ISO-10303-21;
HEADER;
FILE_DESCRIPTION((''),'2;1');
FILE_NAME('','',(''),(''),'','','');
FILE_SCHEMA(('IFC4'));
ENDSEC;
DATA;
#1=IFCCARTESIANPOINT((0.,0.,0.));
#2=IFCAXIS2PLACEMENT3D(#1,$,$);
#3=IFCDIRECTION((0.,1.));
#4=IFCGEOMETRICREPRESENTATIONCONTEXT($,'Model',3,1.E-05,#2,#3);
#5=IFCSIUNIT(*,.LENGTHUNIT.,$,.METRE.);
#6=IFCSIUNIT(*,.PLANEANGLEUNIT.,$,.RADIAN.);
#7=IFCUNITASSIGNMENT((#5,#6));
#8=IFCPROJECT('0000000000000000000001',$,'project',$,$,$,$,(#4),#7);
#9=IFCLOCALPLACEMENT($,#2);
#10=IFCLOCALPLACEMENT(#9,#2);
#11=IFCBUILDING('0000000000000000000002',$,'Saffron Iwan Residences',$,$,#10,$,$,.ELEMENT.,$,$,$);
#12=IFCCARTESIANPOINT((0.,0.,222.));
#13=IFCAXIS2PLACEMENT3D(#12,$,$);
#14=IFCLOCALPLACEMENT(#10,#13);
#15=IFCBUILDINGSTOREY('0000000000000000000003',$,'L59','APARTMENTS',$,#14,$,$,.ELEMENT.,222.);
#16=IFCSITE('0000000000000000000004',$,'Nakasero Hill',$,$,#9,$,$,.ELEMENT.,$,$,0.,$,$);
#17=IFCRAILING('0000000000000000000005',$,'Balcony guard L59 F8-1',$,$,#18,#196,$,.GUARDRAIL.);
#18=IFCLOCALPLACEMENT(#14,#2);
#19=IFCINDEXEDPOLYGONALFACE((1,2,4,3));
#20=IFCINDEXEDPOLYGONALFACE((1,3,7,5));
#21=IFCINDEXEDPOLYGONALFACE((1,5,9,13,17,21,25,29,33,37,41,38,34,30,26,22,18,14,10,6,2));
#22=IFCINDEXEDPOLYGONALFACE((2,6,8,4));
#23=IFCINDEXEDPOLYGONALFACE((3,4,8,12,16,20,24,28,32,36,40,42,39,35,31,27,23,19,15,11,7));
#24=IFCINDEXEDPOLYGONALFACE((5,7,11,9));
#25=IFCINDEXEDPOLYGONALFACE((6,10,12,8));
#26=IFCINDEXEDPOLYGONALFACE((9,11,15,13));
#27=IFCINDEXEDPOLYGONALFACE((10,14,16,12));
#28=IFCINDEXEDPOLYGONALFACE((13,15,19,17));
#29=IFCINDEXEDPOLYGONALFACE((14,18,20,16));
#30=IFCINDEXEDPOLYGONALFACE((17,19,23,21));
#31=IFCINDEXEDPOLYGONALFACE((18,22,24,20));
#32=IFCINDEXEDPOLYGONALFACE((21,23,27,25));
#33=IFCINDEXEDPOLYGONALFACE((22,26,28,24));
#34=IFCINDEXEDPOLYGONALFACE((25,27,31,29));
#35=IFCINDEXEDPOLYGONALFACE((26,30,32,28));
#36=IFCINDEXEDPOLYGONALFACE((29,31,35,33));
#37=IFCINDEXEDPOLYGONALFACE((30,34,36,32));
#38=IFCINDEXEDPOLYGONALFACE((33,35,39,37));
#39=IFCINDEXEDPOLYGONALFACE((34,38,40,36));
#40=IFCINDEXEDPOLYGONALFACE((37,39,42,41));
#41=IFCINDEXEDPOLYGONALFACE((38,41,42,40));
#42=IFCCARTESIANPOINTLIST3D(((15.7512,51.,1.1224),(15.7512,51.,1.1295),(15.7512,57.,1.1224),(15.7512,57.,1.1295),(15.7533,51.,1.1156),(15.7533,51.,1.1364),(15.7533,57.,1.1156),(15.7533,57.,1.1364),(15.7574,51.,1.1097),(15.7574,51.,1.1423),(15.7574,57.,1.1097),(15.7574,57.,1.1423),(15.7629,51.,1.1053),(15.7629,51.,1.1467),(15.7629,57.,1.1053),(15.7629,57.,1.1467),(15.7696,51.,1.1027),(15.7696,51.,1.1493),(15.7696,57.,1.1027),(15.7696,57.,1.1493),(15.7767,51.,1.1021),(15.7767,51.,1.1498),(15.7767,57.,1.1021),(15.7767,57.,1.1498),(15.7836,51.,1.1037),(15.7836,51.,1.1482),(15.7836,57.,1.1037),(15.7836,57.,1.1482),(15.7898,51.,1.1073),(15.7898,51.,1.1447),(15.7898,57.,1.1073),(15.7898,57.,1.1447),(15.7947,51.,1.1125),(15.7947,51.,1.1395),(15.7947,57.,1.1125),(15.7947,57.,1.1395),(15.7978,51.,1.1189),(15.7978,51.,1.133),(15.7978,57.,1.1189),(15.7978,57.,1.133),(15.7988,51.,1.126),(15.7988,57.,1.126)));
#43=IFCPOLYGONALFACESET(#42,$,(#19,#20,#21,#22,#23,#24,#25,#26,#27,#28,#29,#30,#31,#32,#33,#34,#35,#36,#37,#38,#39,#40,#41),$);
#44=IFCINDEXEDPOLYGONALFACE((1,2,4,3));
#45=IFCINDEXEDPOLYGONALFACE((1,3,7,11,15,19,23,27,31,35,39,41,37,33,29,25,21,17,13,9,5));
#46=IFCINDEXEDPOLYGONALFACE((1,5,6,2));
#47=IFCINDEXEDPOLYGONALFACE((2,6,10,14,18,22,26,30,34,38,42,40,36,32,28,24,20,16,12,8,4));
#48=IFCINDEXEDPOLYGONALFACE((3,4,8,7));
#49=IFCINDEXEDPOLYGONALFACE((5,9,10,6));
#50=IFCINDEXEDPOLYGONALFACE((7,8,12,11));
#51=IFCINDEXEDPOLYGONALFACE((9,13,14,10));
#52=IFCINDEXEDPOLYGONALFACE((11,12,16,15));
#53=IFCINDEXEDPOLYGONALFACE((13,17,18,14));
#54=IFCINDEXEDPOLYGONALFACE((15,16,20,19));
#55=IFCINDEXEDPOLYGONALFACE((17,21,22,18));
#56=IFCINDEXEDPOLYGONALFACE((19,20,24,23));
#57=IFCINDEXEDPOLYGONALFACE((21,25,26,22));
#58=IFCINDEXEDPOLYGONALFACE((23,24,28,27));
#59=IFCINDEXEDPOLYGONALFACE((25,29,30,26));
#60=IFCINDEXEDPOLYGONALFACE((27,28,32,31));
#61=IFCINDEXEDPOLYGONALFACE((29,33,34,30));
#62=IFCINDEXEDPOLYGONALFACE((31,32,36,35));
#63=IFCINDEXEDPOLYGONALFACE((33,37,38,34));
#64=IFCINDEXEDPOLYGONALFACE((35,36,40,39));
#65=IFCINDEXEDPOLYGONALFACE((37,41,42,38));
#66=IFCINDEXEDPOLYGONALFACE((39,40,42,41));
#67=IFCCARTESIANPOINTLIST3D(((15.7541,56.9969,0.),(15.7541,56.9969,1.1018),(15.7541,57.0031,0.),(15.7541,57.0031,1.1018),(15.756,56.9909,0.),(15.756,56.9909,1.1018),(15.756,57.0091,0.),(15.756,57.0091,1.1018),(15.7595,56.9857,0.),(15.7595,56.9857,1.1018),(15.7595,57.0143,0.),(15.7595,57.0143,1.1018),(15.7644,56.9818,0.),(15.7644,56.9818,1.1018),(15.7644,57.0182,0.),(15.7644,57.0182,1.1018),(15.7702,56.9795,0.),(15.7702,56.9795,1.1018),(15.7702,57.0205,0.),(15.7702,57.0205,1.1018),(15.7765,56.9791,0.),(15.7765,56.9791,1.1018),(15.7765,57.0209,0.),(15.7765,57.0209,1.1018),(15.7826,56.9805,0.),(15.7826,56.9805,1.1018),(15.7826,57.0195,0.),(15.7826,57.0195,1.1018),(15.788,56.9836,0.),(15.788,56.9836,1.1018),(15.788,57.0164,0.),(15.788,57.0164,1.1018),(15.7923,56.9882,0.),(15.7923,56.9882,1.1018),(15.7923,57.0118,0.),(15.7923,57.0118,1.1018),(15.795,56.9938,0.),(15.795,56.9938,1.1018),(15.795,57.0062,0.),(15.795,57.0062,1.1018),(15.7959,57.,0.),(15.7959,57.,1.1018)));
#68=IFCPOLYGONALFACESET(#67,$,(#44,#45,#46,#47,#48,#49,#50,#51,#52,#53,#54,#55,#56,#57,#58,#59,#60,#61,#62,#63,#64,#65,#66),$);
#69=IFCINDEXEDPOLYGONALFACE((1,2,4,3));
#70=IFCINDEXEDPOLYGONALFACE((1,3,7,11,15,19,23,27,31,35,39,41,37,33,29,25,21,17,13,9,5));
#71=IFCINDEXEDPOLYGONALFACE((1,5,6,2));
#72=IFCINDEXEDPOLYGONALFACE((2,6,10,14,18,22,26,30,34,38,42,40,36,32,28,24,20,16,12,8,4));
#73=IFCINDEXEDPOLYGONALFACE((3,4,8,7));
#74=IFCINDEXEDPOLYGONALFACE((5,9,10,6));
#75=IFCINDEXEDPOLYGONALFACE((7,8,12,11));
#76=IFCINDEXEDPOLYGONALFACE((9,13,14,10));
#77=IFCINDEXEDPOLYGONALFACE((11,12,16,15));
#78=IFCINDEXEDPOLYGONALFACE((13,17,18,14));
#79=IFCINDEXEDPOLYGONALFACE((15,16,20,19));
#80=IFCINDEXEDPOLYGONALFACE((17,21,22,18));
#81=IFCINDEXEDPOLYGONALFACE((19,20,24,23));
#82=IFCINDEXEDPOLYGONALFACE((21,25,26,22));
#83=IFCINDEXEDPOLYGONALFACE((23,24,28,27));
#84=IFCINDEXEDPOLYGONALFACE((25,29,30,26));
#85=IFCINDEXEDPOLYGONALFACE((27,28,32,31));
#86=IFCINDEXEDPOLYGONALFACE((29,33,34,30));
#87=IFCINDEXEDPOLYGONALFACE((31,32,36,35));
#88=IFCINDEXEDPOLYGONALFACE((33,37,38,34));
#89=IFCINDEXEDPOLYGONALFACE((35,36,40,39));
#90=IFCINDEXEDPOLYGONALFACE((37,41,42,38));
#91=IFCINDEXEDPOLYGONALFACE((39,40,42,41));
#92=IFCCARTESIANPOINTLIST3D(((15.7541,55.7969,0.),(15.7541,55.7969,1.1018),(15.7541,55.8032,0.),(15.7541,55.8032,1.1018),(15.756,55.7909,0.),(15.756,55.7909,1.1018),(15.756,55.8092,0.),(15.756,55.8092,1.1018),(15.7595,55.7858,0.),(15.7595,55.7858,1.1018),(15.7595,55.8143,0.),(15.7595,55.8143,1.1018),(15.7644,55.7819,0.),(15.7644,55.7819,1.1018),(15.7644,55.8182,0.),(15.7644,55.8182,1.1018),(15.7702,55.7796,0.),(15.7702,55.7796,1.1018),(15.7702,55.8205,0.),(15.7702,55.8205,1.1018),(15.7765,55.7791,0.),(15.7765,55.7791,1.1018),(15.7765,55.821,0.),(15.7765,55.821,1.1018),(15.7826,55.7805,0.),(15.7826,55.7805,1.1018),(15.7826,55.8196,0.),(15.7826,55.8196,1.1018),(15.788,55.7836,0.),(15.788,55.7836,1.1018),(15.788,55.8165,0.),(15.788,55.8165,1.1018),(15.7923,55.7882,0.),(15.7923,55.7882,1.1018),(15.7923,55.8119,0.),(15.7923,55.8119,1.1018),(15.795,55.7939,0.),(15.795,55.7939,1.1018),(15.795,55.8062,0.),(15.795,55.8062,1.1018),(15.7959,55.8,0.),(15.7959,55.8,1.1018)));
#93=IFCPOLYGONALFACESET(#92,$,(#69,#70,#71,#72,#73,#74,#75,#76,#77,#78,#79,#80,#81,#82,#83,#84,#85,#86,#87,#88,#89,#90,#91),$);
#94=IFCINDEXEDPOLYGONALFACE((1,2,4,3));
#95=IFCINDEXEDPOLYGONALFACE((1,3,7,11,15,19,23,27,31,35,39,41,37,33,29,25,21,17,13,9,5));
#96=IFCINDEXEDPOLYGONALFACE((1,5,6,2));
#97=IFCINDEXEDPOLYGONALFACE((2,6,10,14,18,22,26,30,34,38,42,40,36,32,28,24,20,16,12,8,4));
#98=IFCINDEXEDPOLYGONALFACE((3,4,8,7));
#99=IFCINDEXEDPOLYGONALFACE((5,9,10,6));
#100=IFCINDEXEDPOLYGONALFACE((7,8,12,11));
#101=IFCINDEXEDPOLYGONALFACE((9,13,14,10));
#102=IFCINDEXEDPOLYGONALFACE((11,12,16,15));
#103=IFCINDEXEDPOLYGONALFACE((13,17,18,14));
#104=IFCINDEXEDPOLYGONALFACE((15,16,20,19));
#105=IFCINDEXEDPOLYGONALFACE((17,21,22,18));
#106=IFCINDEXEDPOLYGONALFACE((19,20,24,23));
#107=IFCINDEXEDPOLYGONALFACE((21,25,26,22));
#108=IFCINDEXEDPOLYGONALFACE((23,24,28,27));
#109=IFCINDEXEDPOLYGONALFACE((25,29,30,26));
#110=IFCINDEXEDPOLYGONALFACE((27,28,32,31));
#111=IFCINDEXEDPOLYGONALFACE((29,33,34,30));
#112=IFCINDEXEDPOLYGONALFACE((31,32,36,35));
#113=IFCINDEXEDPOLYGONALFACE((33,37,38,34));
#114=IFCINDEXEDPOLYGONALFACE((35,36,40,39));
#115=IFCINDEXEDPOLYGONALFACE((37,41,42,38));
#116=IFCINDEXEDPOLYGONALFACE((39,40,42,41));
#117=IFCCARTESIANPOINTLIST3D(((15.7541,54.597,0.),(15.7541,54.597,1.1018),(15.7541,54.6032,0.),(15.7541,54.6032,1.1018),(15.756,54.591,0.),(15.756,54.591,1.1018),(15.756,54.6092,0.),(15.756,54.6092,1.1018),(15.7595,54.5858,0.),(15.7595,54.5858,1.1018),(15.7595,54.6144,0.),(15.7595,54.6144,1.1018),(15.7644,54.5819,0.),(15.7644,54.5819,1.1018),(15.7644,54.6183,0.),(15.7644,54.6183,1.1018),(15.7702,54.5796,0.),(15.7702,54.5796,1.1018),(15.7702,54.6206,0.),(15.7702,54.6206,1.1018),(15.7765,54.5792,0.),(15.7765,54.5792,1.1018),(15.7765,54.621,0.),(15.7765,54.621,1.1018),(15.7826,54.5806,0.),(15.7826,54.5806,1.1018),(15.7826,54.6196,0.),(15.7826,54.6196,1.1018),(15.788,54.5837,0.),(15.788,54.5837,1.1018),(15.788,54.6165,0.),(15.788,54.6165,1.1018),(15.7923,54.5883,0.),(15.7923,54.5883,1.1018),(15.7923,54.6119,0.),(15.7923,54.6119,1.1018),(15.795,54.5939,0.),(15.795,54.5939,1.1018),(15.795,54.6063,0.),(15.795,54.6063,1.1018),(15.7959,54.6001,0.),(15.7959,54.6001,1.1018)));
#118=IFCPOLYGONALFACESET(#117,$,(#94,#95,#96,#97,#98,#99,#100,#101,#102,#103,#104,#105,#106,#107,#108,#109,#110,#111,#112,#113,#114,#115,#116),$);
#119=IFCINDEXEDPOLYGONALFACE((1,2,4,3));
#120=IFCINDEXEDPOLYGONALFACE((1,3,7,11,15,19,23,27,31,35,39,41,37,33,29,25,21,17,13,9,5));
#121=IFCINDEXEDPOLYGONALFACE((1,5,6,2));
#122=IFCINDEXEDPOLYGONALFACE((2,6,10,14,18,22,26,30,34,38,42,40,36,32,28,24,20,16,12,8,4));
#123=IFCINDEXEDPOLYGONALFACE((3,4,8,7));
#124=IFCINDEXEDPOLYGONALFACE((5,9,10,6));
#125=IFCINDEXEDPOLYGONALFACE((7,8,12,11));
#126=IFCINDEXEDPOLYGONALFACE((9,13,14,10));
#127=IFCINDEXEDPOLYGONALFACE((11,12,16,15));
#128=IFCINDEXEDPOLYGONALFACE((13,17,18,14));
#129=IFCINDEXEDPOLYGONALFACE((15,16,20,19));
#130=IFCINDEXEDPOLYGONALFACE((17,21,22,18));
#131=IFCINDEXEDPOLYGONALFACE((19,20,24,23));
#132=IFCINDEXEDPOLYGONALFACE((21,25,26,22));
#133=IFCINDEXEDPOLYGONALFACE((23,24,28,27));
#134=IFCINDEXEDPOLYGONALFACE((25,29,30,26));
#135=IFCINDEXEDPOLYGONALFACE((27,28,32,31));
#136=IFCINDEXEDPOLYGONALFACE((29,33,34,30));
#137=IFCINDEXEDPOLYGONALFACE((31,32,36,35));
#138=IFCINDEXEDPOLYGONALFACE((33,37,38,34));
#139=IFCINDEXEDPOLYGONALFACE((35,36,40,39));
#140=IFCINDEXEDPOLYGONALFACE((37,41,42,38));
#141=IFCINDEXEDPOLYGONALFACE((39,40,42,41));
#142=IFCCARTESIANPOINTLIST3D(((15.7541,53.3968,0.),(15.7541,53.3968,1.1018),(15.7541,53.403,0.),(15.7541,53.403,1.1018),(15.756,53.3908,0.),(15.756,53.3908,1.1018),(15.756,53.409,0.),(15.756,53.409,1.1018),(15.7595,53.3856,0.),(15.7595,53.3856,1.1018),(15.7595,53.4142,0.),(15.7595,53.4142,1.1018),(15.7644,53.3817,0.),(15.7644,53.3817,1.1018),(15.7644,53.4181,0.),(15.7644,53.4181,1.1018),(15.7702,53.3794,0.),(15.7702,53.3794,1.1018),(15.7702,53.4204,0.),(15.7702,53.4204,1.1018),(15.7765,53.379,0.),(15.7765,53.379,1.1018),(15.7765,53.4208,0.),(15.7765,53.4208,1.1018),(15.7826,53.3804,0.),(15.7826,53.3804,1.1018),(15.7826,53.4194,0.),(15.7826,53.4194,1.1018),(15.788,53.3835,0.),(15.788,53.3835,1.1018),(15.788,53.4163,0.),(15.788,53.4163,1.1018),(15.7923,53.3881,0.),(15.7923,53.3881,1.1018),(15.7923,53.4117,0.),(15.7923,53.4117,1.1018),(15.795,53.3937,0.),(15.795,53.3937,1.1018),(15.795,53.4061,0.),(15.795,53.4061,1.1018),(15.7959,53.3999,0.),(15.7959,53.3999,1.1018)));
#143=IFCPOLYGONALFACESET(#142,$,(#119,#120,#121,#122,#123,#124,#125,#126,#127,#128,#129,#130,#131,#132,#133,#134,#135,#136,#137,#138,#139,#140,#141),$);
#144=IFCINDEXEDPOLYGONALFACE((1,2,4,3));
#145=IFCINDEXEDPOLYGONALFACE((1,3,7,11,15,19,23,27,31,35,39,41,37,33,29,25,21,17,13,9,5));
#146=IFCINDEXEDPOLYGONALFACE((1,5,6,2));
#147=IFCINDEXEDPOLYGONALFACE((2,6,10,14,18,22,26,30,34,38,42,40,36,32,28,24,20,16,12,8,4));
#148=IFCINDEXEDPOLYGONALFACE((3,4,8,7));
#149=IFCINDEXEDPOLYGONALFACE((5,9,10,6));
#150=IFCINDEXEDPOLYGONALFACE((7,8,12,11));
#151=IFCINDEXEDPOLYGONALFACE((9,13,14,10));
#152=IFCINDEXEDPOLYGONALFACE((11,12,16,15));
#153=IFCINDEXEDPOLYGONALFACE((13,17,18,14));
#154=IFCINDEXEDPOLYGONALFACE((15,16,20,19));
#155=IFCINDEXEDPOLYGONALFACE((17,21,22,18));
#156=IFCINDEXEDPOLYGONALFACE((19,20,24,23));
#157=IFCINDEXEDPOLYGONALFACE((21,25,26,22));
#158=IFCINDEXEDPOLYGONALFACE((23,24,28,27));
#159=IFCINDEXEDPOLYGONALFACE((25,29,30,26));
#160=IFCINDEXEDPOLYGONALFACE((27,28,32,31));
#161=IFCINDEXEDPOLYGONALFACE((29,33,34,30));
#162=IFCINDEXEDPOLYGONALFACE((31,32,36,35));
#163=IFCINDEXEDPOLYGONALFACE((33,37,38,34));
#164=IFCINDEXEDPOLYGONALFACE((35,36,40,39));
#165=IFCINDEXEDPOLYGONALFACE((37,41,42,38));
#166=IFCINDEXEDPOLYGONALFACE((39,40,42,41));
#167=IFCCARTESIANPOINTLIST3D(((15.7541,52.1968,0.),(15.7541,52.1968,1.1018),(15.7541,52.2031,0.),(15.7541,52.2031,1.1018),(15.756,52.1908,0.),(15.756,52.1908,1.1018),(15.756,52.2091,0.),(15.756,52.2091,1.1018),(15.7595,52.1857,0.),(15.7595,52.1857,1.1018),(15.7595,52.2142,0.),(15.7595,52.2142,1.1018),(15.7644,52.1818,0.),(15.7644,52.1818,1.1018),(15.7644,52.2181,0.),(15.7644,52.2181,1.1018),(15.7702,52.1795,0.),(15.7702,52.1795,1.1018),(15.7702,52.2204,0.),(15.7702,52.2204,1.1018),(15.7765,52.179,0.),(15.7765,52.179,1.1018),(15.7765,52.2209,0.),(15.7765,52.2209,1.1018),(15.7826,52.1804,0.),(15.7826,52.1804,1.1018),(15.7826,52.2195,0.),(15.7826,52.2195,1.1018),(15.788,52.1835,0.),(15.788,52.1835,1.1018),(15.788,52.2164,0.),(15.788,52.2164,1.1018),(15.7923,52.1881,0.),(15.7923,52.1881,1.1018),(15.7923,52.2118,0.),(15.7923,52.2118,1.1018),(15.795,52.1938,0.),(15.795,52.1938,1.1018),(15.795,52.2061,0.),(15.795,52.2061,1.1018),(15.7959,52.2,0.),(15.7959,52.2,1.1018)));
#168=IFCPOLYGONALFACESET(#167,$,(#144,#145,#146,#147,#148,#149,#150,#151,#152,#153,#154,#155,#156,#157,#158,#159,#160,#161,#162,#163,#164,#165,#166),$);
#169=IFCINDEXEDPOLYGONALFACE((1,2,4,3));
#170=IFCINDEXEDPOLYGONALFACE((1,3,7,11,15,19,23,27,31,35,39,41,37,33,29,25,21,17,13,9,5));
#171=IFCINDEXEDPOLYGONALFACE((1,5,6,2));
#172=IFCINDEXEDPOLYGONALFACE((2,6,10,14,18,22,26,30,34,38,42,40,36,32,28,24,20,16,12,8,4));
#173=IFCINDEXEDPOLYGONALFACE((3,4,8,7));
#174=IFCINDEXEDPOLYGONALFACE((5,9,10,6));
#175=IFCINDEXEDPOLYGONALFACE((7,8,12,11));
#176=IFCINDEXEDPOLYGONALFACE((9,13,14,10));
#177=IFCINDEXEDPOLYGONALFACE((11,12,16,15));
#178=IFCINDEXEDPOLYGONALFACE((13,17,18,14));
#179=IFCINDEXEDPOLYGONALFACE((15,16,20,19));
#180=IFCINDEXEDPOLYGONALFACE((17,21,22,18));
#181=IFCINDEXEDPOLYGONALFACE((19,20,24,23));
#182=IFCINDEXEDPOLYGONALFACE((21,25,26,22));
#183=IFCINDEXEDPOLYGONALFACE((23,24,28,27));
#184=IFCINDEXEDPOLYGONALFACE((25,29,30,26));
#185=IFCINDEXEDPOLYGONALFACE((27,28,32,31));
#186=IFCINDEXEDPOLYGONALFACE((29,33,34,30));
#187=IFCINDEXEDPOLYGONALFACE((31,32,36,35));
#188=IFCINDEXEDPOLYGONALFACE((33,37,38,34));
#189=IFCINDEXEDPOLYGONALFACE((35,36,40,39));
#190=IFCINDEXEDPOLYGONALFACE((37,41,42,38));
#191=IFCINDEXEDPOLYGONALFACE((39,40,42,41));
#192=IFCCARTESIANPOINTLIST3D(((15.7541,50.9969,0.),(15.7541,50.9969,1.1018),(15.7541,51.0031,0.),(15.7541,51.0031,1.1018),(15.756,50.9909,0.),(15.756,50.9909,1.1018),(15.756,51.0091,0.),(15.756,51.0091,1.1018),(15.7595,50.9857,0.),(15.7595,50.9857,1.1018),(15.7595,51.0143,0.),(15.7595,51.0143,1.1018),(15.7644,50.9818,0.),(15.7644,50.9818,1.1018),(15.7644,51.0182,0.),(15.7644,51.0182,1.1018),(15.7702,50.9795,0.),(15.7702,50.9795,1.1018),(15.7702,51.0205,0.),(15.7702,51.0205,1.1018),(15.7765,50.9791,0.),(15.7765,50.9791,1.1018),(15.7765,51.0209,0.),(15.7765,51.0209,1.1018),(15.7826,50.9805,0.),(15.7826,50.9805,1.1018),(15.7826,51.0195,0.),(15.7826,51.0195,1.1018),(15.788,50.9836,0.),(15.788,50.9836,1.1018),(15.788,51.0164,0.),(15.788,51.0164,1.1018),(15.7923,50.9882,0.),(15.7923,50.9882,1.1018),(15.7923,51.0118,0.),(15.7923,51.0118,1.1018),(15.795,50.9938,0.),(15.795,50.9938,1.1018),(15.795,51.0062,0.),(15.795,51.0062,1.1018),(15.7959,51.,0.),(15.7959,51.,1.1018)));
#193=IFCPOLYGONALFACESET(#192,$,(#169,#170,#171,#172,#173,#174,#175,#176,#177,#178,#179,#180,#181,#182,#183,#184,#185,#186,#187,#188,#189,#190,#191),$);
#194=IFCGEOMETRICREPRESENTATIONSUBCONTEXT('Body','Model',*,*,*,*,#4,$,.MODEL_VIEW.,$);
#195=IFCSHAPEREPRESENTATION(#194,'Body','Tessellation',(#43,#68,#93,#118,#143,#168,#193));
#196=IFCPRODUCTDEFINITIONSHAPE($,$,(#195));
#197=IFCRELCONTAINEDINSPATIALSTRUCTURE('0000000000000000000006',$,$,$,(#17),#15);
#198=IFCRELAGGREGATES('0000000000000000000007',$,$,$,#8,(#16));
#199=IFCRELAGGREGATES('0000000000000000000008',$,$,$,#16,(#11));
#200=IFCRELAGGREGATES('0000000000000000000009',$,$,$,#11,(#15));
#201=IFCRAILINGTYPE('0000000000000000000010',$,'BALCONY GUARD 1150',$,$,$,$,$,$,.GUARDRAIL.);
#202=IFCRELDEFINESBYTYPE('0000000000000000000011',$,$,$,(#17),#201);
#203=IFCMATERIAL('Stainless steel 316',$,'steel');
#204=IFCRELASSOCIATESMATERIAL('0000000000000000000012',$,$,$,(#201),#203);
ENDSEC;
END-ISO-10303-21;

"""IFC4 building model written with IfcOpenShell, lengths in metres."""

from ifc_helpers import new_model, si_unit, direction, frame, origin, origin_2d, place, context, subcontext, project, spatial, circle, extrude, material, type_object, element, save


model = new_model("IFC4")

# Units and contexts
model_context = context("Model", 3, precision=1e-05, world=origin(), true_north=direction((0.0, 1.0)))
body_context = subcontext(model_context, "Body", "Model", "MODEL_VIEW")
ifc_project = project(units=[si_unit("LENGTHUNIT", "METRE"), si_unit("PLANEANGLEUNIT", "RADIAN")], contexts=[model_context])

# Site, building, storey
site_placement = place(None, origin())
site = spatial("IfcSite", under=ifc_project, at=site_placement, Name="Nakasero Hill", CompositionType="ELEMENT", RefElevation=0.0)
building_placement = place(site_placement, origin())
building = spatial("IfcBuilding", under=site, at=building_placement, Name="Saffron Iwan Residences", CompositionType="ELEMENT")
storey_placement = place(building_placement, frame((0.0, 0.0, 222.0)))
storey = spatial("IfcBuildingStorey", under=building, at=storey_placement, Name="L59", Description="APARTMENTS", CompositionType="ELEMENT", Elevation=222.0)

# Railing
ifc_material_1 = material(Name="Stainless steel 316", Category="steel")
railing_type = type_object("IfcRailingType", Name="BALCONY GUARD 1150", PredefinedType="GUARDRAIL", material=ifc_material_1)
railing_placement = place(storey_placement, frame((15.7749, 57.0, 0.0)))
element("IfcRailing", 1, at=railing_placement, inside=storey, type_object=railing_type, Name="Balcony guard L59 F8-1", PredefinedType="GUARDRAIL", context=body_context, shape_type="SweptSolid", body=[
    extrude(circle(Radius=0.0239, at=origin_2d()), frame((0.0, 0.0, 1.126), z_axis=(0.0, -1.0, 0.0), x_axis=(1.0, 0.0, 0.0)), (0.0, 0.0, 1.0), 6.0),
    extrude(circle(Radius=0.021, at=origin_2d()), origin(), (0.0, 0.0, 1.0), 1.1018),
    extrude(circle(Radius=0.021, at=origin_2d()), frame((0.0, -1.2, 0.0)), (0.0, 0.0, 1.0), 1.1018),
    extrude(circle(Radius=0.021, at=origin_2d()), frame((0.0, -2.3999, 0.0)), (0.0, 0.0, 1.0), 1.1018),
    extrude(circle(Radius=0.021, at=origin_2d()), frame((0.0, -3.6001, 0.0)), (0.0, 0.0, 1.0), 1.1018),
    extrude(circle(Radius=0.021, at=origin_2d()), frame((0.0, -4.8, 0.0)), (0.0, 0.0, 1.0), 1.1018),
    extrude(circle(Radius=0.021, at=origin_2d()), frame((0.0, -6.0, 0.0)), (0.0, 0.0, 1.0), 1.1018),
])

save(model, "model.ifc")
